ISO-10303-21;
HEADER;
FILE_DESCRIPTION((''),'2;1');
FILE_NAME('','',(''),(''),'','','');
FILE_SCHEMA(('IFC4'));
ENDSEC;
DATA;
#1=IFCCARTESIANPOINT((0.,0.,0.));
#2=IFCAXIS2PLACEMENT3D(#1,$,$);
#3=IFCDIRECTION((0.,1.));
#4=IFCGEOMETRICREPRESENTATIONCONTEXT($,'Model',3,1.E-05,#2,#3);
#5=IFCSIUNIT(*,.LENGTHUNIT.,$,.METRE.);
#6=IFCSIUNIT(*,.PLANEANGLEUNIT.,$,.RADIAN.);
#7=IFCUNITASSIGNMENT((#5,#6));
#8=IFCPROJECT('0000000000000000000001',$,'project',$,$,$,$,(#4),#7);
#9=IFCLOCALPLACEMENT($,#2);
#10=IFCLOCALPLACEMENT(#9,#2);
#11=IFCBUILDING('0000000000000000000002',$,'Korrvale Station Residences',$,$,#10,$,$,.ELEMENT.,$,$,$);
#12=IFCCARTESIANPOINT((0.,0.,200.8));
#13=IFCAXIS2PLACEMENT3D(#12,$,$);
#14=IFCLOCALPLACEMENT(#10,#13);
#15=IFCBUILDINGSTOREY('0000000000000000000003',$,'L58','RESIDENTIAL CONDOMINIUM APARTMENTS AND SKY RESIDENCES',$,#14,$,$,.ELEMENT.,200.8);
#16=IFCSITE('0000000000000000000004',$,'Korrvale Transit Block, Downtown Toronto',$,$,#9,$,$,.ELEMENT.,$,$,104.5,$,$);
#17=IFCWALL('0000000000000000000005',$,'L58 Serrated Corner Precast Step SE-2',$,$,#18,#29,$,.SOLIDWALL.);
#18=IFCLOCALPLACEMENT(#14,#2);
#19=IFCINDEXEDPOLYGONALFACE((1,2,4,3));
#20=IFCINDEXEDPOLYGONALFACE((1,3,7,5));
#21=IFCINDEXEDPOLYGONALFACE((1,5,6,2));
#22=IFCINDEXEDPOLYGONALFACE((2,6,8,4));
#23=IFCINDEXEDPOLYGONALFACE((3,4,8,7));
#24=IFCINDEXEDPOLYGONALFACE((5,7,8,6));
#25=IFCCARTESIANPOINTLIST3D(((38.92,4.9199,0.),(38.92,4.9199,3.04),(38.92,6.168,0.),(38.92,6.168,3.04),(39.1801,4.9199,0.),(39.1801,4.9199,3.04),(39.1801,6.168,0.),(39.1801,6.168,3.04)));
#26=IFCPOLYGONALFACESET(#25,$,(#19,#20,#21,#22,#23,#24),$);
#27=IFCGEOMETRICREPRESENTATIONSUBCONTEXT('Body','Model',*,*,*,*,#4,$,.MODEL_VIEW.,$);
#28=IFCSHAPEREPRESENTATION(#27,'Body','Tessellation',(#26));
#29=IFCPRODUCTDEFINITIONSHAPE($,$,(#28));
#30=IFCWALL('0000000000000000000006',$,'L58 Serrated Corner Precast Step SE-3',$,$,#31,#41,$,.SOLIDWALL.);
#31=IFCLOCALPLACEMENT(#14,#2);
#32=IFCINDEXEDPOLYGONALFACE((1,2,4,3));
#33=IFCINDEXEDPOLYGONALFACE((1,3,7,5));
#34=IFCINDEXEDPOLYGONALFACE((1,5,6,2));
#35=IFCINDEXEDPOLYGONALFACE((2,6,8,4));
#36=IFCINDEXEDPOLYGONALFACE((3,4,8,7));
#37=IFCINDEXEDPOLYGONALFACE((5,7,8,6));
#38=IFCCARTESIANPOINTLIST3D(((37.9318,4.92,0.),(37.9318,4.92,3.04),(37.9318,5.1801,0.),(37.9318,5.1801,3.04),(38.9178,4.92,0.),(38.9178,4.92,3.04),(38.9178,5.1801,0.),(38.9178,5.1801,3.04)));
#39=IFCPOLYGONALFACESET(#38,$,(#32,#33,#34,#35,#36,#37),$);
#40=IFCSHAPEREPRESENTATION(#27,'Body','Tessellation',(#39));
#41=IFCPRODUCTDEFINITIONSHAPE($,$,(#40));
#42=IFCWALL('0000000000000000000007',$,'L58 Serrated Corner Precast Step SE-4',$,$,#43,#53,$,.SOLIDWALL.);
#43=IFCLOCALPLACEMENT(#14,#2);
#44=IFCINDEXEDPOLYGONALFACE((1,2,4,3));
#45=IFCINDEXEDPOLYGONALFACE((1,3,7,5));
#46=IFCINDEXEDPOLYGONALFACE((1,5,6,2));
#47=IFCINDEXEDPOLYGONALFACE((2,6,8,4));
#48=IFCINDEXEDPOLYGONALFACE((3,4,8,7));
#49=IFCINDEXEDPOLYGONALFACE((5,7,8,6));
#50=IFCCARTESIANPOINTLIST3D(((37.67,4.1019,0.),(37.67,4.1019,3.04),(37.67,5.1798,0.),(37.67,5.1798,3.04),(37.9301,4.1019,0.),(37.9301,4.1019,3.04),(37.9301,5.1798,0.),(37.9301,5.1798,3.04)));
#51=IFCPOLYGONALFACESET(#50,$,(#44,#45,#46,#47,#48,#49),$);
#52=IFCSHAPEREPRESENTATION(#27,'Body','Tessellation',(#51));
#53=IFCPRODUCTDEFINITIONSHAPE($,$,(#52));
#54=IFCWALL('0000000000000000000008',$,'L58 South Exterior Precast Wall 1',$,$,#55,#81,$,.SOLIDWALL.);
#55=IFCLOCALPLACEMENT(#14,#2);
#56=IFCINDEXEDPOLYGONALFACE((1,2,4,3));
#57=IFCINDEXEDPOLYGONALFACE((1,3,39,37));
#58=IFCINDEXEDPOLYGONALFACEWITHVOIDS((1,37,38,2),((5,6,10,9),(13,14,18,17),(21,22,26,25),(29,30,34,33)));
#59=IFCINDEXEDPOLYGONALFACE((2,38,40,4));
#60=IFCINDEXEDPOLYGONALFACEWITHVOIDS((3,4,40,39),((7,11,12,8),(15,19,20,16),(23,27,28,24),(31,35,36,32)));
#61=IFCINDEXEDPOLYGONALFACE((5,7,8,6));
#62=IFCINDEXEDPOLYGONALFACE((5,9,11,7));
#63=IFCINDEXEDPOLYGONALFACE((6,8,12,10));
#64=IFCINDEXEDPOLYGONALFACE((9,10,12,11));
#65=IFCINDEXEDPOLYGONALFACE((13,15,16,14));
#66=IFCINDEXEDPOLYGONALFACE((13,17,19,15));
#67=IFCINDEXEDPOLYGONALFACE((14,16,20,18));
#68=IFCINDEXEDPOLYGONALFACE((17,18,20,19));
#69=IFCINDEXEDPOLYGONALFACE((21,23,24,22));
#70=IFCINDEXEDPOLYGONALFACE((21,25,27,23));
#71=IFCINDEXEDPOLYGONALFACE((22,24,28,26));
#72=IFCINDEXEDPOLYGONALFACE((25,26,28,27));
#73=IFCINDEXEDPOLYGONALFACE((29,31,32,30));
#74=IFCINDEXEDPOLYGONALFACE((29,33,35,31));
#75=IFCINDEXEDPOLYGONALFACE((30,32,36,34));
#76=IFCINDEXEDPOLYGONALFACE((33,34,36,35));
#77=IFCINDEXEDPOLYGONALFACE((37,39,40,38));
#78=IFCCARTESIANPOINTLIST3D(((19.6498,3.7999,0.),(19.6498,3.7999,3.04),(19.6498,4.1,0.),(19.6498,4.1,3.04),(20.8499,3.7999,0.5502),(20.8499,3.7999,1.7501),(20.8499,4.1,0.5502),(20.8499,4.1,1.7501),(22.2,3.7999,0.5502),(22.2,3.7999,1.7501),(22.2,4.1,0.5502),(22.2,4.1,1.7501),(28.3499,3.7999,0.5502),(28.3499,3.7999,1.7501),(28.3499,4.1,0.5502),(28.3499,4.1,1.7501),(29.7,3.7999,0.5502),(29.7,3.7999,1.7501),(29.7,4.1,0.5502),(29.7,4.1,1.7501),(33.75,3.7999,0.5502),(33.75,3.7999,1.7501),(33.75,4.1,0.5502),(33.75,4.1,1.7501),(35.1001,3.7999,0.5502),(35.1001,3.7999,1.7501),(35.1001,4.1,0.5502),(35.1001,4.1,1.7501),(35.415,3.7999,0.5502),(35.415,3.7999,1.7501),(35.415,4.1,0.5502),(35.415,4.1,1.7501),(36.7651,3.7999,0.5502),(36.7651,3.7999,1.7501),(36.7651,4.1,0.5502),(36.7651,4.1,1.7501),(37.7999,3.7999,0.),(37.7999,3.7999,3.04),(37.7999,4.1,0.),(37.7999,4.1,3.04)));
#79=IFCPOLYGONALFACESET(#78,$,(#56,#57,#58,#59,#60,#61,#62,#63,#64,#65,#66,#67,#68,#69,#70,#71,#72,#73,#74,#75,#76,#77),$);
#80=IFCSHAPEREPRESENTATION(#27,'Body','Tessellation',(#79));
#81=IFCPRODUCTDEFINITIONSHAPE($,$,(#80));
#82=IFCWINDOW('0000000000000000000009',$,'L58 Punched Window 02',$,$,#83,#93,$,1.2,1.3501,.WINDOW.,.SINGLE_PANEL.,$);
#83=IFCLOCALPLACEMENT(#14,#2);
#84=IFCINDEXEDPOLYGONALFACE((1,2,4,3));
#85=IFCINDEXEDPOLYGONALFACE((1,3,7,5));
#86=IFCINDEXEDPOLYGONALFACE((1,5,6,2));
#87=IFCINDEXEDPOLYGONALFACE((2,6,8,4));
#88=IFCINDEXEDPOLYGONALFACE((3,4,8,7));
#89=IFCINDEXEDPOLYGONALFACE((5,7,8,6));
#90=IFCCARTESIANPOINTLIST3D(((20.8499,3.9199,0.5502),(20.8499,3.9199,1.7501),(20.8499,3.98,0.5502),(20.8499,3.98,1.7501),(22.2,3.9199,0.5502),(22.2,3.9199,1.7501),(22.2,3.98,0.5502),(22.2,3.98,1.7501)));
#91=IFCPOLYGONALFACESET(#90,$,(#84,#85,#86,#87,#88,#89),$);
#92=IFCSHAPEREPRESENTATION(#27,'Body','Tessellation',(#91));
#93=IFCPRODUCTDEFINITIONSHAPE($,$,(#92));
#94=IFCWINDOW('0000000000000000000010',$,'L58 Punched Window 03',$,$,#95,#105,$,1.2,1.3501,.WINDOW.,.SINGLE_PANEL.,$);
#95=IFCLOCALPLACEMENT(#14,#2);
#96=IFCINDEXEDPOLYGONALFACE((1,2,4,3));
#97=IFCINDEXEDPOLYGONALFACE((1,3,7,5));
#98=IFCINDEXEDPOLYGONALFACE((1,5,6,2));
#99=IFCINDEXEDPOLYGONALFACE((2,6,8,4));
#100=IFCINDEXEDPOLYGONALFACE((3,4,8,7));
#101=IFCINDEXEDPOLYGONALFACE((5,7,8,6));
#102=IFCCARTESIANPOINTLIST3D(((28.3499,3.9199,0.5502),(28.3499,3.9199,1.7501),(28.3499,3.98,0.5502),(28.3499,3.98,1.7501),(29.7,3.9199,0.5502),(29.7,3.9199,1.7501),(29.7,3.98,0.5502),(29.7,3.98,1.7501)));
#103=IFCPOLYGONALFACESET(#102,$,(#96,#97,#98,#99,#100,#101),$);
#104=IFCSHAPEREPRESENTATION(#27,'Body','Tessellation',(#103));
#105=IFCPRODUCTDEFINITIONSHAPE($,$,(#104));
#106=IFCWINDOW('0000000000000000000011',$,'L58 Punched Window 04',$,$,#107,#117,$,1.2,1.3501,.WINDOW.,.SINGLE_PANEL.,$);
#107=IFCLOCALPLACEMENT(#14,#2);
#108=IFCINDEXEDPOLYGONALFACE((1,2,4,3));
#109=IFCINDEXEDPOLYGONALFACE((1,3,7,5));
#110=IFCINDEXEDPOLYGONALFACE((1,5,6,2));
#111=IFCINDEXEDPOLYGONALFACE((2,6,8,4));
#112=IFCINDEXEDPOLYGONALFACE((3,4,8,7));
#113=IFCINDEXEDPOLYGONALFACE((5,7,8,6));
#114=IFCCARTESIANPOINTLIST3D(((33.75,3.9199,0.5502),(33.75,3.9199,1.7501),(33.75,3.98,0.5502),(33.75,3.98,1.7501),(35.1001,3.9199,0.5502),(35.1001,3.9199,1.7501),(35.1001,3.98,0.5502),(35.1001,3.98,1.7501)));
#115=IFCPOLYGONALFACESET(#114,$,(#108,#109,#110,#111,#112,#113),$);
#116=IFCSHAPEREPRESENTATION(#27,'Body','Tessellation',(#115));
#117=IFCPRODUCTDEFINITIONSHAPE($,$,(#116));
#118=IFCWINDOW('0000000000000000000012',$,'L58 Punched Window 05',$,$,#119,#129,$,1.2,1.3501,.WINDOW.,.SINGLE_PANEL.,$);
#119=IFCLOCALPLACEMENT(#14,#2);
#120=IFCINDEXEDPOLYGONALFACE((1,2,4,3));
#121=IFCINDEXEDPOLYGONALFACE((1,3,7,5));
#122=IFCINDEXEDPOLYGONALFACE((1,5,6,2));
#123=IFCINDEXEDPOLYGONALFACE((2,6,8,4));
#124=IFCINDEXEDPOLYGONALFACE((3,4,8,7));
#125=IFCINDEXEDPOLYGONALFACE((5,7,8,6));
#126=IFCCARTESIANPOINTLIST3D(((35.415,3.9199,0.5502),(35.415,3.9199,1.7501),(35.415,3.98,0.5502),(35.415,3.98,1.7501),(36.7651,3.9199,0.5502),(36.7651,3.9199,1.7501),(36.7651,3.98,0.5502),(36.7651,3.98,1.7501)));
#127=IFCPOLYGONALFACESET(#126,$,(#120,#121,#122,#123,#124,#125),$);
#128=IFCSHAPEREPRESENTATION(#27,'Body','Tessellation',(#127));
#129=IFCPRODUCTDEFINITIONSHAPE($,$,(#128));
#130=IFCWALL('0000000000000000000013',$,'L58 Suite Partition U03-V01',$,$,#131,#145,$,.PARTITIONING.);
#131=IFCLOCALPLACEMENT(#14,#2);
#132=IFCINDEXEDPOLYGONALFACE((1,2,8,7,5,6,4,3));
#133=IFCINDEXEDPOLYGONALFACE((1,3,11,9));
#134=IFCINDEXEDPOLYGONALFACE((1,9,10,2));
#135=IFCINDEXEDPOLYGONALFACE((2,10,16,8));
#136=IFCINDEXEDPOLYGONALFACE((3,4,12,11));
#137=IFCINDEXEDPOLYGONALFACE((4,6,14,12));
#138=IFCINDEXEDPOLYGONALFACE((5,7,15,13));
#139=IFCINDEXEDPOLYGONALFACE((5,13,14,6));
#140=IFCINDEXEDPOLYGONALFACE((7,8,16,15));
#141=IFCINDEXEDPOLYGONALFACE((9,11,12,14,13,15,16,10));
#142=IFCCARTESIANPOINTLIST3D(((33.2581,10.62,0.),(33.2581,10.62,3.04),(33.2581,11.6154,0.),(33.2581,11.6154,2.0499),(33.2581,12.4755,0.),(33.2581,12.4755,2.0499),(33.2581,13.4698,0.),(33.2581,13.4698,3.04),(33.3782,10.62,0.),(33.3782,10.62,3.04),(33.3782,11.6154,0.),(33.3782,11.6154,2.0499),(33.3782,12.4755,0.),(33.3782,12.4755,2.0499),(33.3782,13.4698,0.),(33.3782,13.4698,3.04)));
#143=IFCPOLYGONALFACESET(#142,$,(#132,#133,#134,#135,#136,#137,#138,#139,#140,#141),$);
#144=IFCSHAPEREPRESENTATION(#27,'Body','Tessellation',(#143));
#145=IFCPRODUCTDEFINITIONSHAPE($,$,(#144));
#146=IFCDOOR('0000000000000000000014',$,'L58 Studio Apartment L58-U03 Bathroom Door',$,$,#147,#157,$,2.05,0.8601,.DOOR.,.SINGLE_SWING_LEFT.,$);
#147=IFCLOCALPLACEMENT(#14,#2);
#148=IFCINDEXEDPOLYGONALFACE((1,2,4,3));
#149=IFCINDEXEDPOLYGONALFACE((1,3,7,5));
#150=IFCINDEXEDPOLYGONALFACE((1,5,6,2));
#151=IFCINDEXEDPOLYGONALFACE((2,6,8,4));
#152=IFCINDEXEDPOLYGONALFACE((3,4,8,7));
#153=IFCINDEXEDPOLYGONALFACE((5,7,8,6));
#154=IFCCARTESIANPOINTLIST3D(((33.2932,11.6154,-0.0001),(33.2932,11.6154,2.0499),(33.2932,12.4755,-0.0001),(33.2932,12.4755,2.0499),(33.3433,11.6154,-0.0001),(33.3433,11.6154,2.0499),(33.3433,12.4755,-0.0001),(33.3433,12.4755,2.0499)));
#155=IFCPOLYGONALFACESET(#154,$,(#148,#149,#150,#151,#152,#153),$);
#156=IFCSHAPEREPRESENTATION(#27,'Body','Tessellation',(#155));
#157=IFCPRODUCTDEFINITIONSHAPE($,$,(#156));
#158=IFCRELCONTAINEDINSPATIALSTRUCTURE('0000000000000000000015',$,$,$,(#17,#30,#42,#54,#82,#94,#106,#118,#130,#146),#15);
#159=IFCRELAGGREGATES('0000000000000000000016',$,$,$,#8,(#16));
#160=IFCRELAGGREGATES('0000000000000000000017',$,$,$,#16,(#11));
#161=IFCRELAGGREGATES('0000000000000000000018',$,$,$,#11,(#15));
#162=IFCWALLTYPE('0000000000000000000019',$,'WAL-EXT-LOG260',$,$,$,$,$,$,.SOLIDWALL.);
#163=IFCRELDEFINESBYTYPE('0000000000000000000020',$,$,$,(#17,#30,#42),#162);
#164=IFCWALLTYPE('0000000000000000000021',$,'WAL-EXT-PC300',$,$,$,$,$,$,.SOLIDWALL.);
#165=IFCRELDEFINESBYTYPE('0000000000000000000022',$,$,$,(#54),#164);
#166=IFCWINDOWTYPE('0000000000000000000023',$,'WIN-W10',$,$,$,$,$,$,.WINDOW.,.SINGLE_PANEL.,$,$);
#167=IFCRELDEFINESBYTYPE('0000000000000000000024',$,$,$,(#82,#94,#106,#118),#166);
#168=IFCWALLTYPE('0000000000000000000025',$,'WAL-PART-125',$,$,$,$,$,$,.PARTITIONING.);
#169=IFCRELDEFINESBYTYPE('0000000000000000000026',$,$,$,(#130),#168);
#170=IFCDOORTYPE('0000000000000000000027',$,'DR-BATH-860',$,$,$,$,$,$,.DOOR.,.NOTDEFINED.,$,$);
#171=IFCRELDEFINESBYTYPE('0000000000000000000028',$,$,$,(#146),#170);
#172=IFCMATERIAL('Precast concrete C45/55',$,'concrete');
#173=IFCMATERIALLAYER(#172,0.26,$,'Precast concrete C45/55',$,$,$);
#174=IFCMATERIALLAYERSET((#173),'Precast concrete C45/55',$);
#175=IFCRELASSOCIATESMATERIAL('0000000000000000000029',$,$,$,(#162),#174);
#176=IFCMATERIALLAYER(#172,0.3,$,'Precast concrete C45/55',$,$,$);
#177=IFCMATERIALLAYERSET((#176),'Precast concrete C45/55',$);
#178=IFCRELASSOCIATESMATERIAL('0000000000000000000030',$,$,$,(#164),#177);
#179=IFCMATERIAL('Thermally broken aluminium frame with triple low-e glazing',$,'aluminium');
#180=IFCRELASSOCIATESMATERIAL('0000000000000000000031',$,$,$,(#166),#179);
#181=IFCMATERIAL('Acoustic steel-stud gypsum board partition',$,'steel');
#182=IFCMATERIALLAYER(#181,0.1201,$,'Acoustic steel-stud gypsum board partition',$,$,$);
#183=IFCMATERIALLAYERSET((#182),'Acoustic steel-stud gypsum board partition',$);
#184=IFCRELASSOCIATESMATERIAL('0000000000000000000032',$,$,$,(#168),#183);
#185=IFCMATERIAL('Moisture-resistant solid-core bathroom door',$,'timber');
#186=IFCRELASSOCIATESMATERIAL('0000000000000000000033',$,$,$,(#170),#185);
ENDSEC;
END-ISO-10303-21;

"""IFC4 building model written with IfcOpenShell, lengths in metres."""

from ifc_helpers import new_model, si_unit, direction, frame, frame_2d, origin, place, context, subcontext, project, spatial, rectangle, extrude, material, layer, layer_set, type_object, element, fill, save


model = new_model("IFC4")

# Units and contexts
model_context = context("Model", 3, precision=1e-05, world=origin(), true_north=direction((0.0, 1.0)))
body_context = subcontext(model_context, "Body", "Model", "MODEL_VIEW")
ifc_project = project(units=[si_unit("LENGTHUNIT", "METRE"), si_unit("PLANEANGLEUNIT", "RADIAN")], contexts=[model_context])

# Site, building, storey
site_placement = place(None, origin())
site = spatial("IfcSite", under=ifc_project, at=site_placement, Name="Korrvale Transit Block, Downtown Toronto", CompositionType="ELEMENT", RefElevation=104.5)
building_placement = place(site_placement, origin())
building = spatial("IfcBuilding", under=site, at=building_placement, Name="Korrvale Station Residences", CompositionType="ELEMENT")
storey_placement = place(building_placement, frame((0.0, 0.0, 200.8)))
storey = spatial("IfcBuildingStorey", under=building, at=storey_placement, Name="L58", Description="RESIDENTIAL CONDOMINIUM APARTMENTS AND SKY RESIDENCES", CompositionType="ELEMENT", Elevation=200.8)

# Walls
ifc_material_1 = material(Name="Precast concrete C45/55", Category="concrete")
ifc_layer_1 = layer(ifc_material_1, 0.26, Name="Precast concrete C45/55")
ifc_layer_set_1 = layer_set([ifc_layer_1], Name="Precast concrete C45/55")
wall_type_1 = type_object("IfcWallType", Name="WAL-EXT-LOG260", PredefinedType="SOLIDWALL", material=ifc_layer_set_1)
wall_1_placement = place(storey_placement, frame((39.05, 6.168, 0.0), z_axis=(0.0, 0.0, 1.0), x_axis=(0.0, -1.0, 0.0)))
element("IfcWall", 1, at=wall_1_placement, inside=storey, type_object=wall_type_1, Name="L58 Serrated Corner Precast Step SE-2", PredefinedType="SOLIDWALL", context=body_context, shape_type="SweptSolid", body=[
    extrude(rectangle(XDim=1.248, YDim=0.26, at=frame_2d((0.624, 0.0))), origin(), (0.0, 0.0, 1.0), 3.04),
])
wall_2_placement = place(storey_placement, frame((38.918, 5.05, 0.0), z_axis=(0.0, 0.0, 1.0), x_axis=(-1.0, 0.0, 0.0)))
element("IfcWall", 2, at=wall_2_placement, inside=storey, type_object=wall_type_1, Name="L58 Serrated Corner Precast Step SE-3", PredefinedType="SOLIDWALL", context=body_context, shape_type="SweptSolid", body=[
    extrude(rectangle(XDim=0.9861, YDim=0.26, at=frame_2d((0.4932, 0.0))), origin(), (0.0, 0.0, 1.0), 3.04),
])
wall_3_placement = place(storey_placement, frame((37.8, 5.1799, 0.0), z_axis=(0.0, 0.0, 1.0), x_axis=(0.0, -1.0, 0.0)))
element("IfcWall", 3, at=wall_3_placement, inside=storey, type_object=wall_type_1, Name="L58 Serrated Corner Precast Step SE-4", PredefinedType="SOLIDWALL", context=body_context, shape_type="SweptSolid", body=[
    extrude(rectangle(XDim=1.0779, YDim=0.26, at=frame_2d((0.5391, 0.0))), origin(), (0.0, 0.0, 1.0), 3.04),
])

# Wall, openings, windows
ifc_layer_2 = layer(ifc_material_1, 0.3, Name="Precast concrete C45/55")
ifc_layer_set_2 = layer_set([ifc_layer_2], Name="Precast concrete C45/55")
wall_type_2 = type_object("IfcWallType", Name="WAL-EXT-PC300", PredefinedType="SOLIDWALL", material=ifc_layer_set_2)
wall_4_placement = place(storey_placement, frame((37.8, 3.95, 0.0), z_axis=(0.0, 0.0, 1.0), x_axis=(-1.0, 0.0, 0.0)))
wall_4 = element("IfcWall", 4, at=wall_4_placement, inside=storey, type_object=wall_type_2, Name="L58 South Exterior Precast Wall 1", PredefinedType="SOLIDWALL", context=body_context, shape_type="SweptSolid", body=[
    extrude(rectangle(XDim=18.1501, YDim=0.3, at=frame_2d((9.0752, 0.0))), origin(), (0.0, 0.0, 1.0), 3.04),
])
opening_1_placement = place(wall_4_placement, frame((15.6001, 0.0, 0.55)))
opening_1 = element("IfcOpeningElement", 5, at=opening_1_placement, cuts=wall_4, PredefinedType="OPENING", context=body_context, shape_type="SweptSolid", body=[
    extrude(rectangle(XDim=1.3501, YDim=1.2, at=frame_2d((0.675, 0.6001))), frame((0.0, 0.1602, 0.0), z_axis=(0.0, -1.0, 0.0), x_axis=(1.0, 0.0, 0.0)), (0.0, 0.0, 1.0), 0.3201),
])
opening_2_placement = place(wall_4_placement, frame((8.1001, 0.0, 0.55)))
opening_2 = element("IfcOpeningElement", 6, at=opening_2_placement, cuts=wall_4, PredefinedType="OPENING", context=body_context, shape_type="SweptSolid", body=[
    extrude(rectangle(XDim=1.3501, YDim=1.2, at=frame_2d((0.675, 0.6001))), frame((0.0, 0.1602, 0.0), z_axis=(0.0, -1.0, 0.0), x_axis=(1.0, 0.0, 0.0)), (0.0, 0.0, 1.0), 0.3201),
])
opening_3_placement = place(wall_4_placement, frame((2.7, 0.0, 0.55)))
opening_3 = element("IfcOpeningElement", 7, at=opening_3_placement, cuts=wall_4, PredefinedType="OPENING", context=body_context, shape_type="SweptSolid", body=[
    extrude(rectangle(XDim=1.3501, YDim=1.2, at=frame_2d((0.675, 0.6001))), frame((0.0, 0.1602, 0.0), z_axis=(0.0, -1.0, 0.0), x_axis=(1.0, 0.0, 0.0)), (0.0, 0.0, 1.0), 0.3201),
])
opening_4_placement = place(wall_4_placement, frame((1.0349, 0.0, 0.55)))
opening_4 = element("IfcOpeningElement", 8, at=opening_4_placement, cuts=wall_4, PredefinedType="OPENING", context=body_context, shape_type="SweptSolid", body=[
    extrude(rectangle(XDim=1.3501, YDim=1.2, at=frame_2d((0.675, 0.6001))), frame((0.0, 0.1602, 0.0), z_axis=(0.0, -1.0, 0.0), x_axis=(1.0, 0.0, 0.0)), (0.0, 0.0, 1.0), 0.3201),
])
ifc_material_2 = material(Name="Thermally broken aluminium frame with triple low-e glazing", Category="aluminium")
window_type = type_object("IfcWindowType", Name="WIN-W10", PartitioningType="SINGLE_PANEL", PredefinedType="WINDOW", material=ifc_material_2)
window_1_placement = place(opening_1_placement, origin())
window_1 = element("IfcWindow", 9, at=window_1_placement, inside=storey, type_object=window_type, Name="L58 Punched Window 02", OverallHeight=1.2, OverallWidth=1.3501, PartitioningType="SINGLE_PANEL", PredefinedType="WINDOW", context=body_context, shape_type="SweptSolid", body=[
    extrude(rectangle(XDim=1.3501, YDim=1.2, at=frame_2d((0.675, 0.6001))), frame((0.0, 0.03, 0.0), z_axis=(0.0, -1.0, 0.0), x_axis=(1.0, 0.0, 0.0)), (0.0, 0.0, 1.0), 0.0601),
])
fill(opening_1, window_1)
window_2_placement = place(opening_2_placement, origin())
window_2 = element("IfcWindow", 10, at=window_2_placement, inside=storey, type_object=window_type, Name="L58 Punched Window 03", OverallHeight=1.2, OverallWidth=1.3501, PartitioningType="SINGLE_PANEL", PredefinedType="WINDOW", context=body_context, shape_type="SweptSolid", body=[
    extrude(rectangle(XDim=1.3501, YDim=1.2, at=frame_2d((0.675, 0.6001))), frame((0.0, 0.03, 0.0), z_axis=(0.0, -1.0, 0.0), x_axis=(1.0, 0.0, 0.0)), (0.0, 0.0, 1.0), 0.0601),
])
fill(opening_2, window_2)
window_3_placement = place(opening_3_placement, origin())
window_3 = element("IfcWindow", 11, at=window_3_placement, inside=storey, type_object=window_type, Name="L58 Punched Window 04", OverallHeight=1.2, OverallWidth=1.3501, PartitioningType="SINGLE_PANEL", PredefinedType="WINDOW", context=body_context, shape_type="SweptSolid", body=[
    extrude(rectangle(XDim=1.3501, YDim=1.2, at=frame_2d((0.675, 0.6001))), frame((0.0, 0.03, 0.0), z_axis=(0.0, -1.0, 0.0), x_axis=(1.0, 0.0, 0.0)), (0.0, 0.0, 1.0), 0.0601),
])
fill(opening_3, window_3)
window_4_placement = place(opening_4_placement, origin())
window_4 = element("IfcWindow", 12, at=window_4_placement, inside=storey, type_object=window_type, Name="L58 Punched Window 05", OverallHeight=1.2, OverallWidth=1.3501, PartitioningType="SINGLE_PANEL", PredefinedType="WINDOW", context=body_context, shape_type="SweptSolid", body=[
    extrude(rectangle(XDim=1.3501, YDim=1.2, at=frame_2d((0.675, 0.6001))), frame((0.0, 0.03, 0.0), z_axis=(0.0, -1.0, 0.0), x_axis=(1.0, 0.0, 0.0)), (0.0, 0.0, 1.0), 0.0601),
])
fill(opening_4, window_4)

# Wall, opening, door
ifc_material_3 = material(Name="Acoustic steel-stud gypsum board partition", Category="steel")
ifc_layer_3 = layer(ifc_material_3, 0.1201, Name="Acoustic steel-stud gypsum board partition")
ifc_layer_set_3 = layer_set([ifc_layer_3], Name="Acoustic steel-stud gypsum board partition")
wall_type_3 = type_object("IfcWallType", Name="WAL-PART-125", PredefinedType="PARTITIONING", material=ifc_layer_set_3)
wall_5_placement = place(storey_placement, frame((33.3181, 10.6201, 0.0), z_axis=(0.0, 0.0, 1.0), x_axis=(0.0, 1.0, 0.0)))
wall_5 = element("IfcWall", 13, at=wall_5_placement, inside=storey, type_object=wall_type_3, Name="L58 Suite Partition U03-V01", PredefinedType="PARTITIONING", context=body_context, shape_type="SweptSolid", body=[
    extrude(rectangle(XDim=2.8499, YDim=0.1201, at=frame_2d((1.4248, 0.0))), origin(), (0.0, 0.0, 1.0), 3.04),
])
opening_5_placement = place(wall_5_placement, frame((0.9951, 0.0, 0.0)))
opening_5 = element("IfcOpeningElement", 14, at=opening_5_placement, cuts=wall_5, PredefinedType="OPENING", context=body_context, shape_type="SweptSolid", body=[
    extrude(rectangle(XDim=0.8601, YDim=2.05, at=frame_2d((0.4302, 1.0249))), frame((0.0, 0.0701, 0.0), z_axis=(0.0, -1.0, 0.0), x_axis=(1.0, 0.0, 0.0)), (0.0, 0.0, 1.0), 0.1401),
])
ifc_material_4 = material(Name="Moisture-resistant solid-core bathroom door", Category="timber")
door_type_1 = type_object("IfcDoorType", Name="DR-BATH-860", OperationType="NOTDEFINED", PredefinedType="DOOR", material=ifc_material_4)
door_1_placement = place(opening_5_placement, origin())
door_1 = element("IfcDoor", 15, at=door_1_placement, inside=storey, type_object=door_type_1, Name="L58 Studio Apartment L58-U03 Bathroom Door", OperationType="SINGLE_SWING_LEFT", OverallHeight=2.05, OverallWidth=0.8601, PredefinedType="DOOR", context=body_context, shape_type="SweptSolid", body=[
    extrude(rectangle(XDim=0.8601, YDim=2.05, at=frame_2d((0.4302, 1.0249))), frame((0.0, 0.0249, 0.0), z_axis=(0.0, -1.0, 0.0), x_axis=(1.0, 0.0, 0.0)), (0.0, 0.0, 1.0), 0.05),
])
fill(opening_5, door_1)

save(model, "model.ifc")
